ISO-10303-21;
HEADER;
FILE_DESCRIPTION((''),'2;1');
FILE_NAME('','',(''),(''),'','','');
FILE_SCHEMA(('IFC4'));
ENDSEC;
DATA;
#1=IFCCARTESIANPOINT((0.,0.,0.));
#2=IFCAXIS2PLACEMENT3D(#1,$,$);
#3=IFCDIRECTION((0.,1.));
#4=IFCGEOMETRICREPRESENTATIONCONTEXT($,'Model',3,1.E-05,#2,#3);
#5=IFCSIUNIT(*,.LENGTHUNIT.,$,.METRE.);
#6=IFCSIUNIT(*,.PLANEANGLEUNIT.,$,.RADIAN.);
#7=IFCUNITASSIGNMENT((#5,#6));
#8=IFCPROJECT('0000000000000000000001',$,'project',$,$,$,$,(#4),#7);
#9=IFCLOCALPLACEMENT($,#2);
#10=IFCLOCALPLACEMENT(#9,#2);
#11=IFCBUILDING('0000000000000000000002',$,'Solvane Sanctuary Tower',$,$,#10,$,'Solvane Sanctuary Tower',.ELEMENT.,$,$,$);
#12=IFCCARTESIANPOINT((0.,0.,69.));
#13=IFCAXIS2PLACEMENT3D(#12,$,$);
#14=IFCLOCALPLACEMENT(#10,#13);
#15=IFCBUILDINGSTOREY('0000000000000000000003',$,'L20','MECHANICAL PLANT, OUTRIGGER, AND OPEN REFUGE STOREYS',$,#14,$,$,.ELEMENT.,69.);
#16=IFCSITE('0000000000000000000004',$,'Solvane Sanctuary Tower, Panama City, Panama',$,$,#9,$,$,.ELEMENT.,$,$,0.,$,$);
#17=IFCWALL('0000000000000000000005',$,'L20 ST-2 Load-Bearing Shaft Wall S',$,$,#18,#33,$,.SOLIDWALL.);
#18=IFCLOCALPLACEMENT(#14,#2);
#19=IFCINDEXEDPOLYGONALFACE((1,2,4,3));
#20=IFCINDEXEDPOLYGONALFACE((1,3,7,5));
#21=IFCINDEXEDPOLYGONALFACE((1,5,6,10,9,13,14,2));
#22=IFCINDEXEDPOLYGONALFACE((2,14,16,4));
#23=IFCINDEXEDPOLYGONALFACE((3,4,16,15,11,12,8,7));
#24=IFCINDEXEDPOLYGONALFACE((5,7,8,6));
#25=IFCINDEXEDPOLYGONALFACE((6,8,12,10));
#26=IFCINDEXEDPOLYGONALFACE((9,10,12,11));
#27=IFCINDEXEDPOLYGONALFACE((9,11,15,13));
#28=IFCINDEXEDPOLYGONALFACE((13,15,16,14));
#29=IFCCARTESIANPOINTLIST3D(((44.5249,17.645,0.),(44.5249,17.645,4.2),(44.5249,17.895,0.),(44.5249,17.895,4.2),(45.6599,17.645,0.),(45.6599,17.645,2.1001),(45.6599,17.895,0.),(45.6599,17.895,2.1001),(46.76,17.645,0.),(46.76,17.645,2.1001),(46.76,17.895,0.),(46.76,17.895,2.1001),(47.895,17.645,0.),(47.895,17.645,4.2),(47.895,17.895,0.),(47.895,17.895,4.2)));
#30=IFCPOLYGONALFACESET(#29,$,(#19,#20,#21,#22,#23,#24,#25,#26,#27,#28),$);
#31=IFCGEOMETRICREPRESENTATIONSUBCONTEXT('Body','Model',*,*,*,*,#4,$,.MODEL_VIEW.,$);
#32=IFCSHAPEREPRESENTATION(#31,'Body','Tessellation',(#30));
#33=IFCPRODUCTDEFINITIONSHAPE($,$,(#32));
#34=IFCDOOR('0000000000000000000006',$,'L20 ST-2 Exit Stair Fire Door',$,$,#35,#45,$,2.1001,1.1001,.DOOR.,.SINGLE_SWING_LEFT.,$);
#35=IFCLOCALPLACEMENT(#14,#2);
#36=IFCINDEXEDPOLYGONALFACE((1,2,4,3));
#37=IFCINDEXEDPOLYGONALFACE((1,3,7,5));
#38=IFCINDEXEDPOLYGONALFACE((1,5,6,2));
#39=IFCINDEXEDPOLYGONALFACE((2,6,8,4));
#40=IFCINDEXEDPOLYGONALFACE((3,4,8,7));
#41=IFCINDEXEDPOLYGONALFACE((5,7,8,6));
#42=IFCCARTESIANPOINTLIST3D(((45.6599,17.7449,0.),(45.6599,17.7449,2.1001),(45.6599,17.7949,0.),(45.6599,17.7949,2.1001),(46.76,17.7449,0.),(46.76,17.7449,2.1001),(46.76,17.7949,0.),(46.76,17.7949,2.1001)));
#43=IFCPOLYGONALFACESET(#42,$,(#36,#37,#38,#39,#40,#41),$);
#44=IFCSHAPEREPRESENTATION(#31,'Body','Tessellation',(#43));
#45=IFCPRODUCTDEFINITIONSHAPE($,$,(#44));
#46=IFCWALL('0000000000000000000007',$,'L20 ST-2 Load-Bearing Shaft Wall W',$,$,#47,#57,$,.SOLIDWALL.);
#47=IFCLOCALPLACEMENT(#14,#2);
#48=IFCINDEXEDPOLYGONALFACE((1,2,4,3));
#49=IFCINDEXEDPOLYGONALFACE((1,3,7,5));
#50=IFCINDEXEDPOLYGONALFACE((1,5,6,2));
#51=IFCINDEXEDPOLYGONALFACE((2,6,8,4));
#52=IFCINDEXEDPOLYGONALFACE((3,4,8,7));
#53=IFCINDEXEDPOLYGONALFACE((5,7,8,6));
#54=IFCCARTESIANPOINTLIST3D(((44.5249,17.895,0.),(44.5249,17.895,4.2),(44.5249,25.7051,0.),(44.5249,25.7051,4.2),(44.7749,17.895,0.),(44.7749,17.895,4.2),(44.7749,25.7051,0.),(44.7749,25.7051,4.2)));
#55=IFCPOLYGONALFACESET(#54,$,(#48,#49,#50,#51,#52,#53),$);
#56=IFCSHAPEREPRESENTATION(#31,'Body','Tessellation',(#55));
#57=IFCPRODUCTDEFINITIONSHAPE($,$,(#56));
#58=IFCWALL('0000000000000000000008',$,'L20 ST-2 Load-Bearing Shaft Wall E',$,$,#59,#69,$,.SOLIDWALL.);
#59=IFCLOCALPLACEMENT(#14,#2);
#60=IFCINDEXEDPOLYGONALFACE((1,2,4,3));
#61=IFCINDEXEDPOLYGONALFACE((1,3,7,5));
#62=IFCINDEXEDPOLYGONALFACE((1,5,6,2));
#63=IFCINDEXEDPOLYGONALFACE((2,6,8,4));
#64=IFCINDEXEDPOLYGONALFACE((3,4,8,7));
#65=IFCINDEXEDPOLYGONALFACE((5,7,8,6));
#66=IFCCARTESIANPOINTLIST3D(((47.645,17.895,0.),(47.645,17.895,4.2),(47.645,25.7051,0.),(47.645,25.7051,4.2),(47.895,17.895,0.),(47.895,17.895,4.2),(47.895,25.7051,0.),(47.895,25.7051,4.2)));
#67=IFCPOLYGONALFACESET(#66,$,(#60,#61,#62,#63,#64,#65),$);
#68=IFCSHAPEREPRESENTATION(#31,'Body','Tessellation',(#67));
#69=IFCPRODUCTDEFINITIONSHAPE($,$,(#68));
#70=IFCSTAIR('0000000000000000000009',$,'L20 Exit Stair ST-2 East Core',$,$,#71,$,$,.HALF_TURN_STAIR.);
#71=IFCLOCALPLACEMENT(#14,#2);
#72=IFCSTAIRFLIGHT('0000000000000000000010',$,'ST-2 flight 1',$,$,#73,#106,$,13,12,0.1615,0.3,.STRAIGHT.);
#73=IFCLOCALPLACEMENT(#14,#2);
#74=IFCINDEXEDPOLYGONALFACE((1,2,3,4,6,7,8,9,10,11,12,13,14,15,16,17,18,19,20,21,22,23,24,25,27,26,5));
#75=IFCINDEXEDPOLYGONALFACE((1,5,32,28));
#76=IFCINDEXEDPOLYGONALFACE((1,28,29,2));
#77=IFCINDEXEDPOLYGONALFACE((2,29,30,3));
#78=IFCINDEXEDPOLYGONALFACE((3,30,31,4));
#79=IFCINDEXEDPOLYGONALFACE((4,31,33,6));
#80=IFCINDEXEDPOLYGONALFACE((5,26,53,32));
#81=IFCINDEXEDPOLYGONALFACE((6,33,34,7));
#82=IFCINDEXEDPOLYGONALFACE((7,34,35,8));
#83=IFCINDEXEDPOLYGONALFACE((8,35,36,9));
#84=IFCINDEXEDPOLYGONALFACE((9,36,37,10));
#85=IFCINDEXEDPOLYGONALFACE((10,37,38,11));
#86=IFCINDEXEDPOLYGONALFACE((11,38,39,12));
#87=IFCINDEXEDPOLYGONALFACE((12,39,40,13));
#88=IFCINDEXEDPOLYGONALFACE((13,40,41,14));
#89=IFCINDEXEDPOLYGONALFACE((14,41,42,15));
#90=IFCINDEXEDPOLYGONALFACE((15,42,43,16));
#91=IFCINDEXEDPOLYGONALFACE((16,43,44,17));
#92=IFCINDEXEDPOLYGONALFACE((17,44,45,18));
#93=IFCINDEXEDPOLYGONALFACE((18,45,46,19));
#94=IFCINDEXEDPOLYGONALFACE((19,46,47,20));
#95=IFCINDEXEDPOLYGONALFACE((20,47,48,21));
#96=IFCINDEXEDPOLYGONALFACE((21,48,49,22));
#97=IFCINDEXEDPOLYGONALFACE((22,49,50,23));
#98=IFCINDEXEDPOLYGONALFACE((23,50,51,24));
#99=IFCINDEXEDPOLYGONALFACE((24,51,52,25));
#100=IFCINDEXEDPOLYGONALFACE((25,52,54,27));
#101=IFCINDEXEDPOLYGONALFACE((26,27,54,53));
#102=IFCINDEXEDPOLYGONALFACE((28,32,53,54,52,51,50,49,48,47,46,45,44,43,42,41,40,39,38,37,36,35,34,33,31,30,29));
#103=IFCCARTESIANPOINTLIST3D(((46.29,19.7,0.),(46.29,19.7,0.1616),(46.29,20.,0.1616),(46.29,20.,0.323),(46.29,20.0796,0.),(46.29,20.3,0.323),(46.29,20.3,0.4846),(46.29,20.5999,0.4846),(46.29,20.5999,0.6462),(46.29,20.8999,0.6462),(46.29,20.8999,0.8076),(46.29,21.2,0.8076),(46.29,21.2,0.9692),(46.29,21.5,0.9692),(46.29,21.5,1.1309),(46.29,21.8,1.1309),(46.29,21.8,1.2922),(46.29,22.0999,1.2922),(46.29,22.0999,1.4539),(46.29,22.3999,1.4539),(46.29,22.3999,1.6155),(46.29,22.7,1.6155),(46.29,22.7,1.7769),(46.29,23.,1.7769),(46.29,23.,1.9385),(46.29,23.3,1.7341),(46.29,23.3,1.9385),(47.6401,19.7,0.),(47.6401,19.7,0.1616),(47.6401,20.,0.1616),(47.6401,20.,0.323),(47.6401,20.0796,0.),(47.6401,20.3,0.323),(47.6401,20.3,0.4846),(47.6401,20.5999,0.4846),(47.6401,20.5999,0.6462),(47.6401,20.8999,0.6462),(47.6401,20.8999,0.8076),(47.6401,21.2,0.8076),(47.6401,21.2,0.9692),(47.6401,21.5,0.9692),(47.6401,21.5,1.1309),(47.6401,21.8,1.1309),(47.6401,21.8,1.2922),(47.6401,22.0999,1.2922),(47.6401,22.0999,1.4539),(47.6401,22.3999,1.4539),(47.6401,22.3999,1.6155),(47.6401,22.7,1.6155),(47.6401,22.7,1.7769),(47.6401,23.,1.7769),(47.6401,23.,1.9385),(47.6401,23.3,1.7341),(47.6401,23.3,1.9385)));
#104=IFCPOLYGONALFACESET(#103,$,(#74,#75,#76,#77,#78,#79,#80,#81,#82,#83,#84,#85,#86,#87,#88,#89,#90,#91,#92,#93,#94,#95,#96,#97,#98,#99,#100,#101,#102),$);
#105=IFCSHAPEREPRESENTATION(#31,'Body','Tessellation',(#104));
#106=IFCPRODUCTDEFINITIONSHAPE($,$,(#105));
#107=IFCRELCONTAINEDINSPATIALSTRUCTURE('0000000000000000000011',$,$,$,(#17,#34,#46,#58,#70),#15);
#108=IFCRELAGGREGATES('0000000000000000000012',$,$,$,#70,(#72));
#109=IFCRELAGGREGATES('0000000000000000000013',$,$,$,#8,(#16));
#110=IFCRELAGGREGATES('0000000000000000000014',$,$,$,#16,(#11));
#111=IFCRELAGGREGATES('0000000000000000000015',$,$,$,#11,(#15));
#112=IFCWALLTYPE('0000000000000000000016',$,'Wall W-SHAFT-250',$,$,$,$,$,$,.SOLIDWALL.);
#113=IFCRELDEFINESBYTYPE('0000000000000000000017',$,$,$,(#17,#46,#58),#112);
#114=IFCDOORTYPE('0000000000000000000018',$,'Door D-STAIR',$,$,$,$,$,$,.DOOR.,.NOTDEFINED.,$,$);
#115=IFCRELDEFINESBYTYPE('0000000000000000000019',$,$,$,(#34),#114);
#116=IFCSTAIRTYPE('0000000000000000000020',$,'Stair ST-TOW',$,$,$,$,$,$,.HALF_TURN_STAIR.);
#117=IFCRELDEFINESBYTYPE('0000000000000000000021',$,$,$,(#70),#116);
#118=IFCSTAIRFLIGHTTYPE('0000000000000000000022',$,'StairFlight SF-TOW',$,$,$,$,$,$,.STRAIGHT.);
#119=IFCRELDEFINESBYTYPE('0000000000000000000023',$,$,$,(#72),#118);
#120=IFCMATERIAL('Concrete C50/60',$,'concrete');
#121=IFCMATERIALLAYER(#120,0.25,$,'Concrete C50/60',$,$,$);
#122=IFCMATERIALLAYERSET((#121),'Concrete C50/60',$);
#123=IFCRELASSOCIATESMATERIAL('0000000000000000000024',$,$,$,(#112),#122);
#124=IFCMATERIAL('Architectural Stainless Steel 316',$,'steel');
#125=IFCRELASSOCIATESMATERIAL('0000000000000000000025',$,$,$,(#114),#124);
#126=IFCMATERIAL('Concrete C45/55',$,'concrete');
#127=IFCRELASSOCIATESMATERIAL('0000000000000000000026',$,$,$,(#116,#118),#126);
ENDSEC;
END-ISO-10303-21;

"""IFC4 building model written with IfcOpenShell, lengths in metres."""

from ifc_helpers import new_model, si_unit, direction, frame, frame_2d, origin, place, context, subcontext, project, spatial, polyline, rectangle, outline, extrude, material, layer, layer_set, type_object, element, fill, aggregate, save


model = new_model("IFC4")

# Units and contexts
model_context = context("Model", 3, precision=1e-05, world=origin(), true_north=direction((0.0, 1.0)))
body_context = subcontext(model_context, "Body", "Model", "MODEL_VIEW")
ifc_project = project(units=[si_unit("LENGTHUNIT", "METRE"), si_unit("PLANEANGLEUNIT", "RADIAN")], contexts=[model_context])

# Site, building, storey
site_placement = place(None, origin())
site = spatial("IfcSite", under=ifc_project, at=site_placement, Name="Solvane Sanctuary Tower, Panama City, Panama", CompositionType="ELEMENT", RefElevation=0.0)
building_placement = place(site_placement, origin())
building = spatial("IfcBuilding", under=site, at=building_placement, Name="Solvane Sanctuary Tower", LongName="Solvane Sanctuary Tower", CompositionType="ELEMENT")
storey_placement = place(building_placement, frame((0.0, 0.0, 69.0)))
storey = spatial("IfcBuildingStorey", under=building, at=storey_placement, Name="L20", Description="MECHANICAL PLANT, OUTRIGGER, AND OPEN REFUGE STOREYS", CompositionType="ELEMENT", Elevation=69.0)

# Shared definitions
ifc_material_1 = material(Name="Concrete C50/60", Category="concrete")
ifc_material_2 = material(Name="Architectural Stainless Steel 316", Category="steel")

# Wall, opening, door
ifc_layer_1 = layer(ifc_material_1, 0.25, Name="Concrete C50/60")
ifc_layer_set_1 = layer_set([ifc_layer_1], Name="Concrete C50/60")
wall_type_1 = type_object("IfcWallType", Name="Wall W-SHAFT-250", PredefinedType="SOLIDWALL", material=ifc_layer_set_1)
wall_1_placement = place(storey_placement, frame((44.5249, 17.77, 0.0), z_axis=(0.0, 0.0, 1.0), x_axis=(1.0, 0.0, 0.0)))
wall_1 = element("IfcWall", 1, at=wall_1_placement, inside=storey, type_object=wall_type_1, Name="L20 ST-2 Load-Bearing Shaft Wall S", PredefinedType="SOLIDWALL", context=body_context, shape_type="SweptSolid", body=[
    extrude(rectangle(XDim=3.3701, YDim=0.25, at=frame_2d((1.6851, 0.0))), origin(), (0.0, 0.0, 1.0), 4.2),
])
opening_1_placement = place(wall_1_placement, frame((1.135, 0.0, 0.0)))
opening_1 = element("IfcOpeningElement", 2, at=opening_1_placement, cuts=wall_1, PredefinedType="OPENING", context=body_context, shape_type="SweptSolid", body=[
    extrude(rectangle(XDim=1.1001, YDim=2.1001, at=frame_2d((0.55, 1.05))), frame((0.0, 0.135, 0.0), z_axis=(0.0, -1.0, 0.0), x_axis=(1.0, 0.0, 0.0)), (0.0, 0.0, 1.0), 0.27),
])
door_type_1 = type_object("IfcDoorType", Name="Door D-STAIR", OperationType="NOTDEFINED", PredefinedType="DOOR", material=ifc_material_2)
door_1_placement = place(opening_1_placement, origin())
door_1 = element("IfcDoor", 3, at=door_1_placement, inside=storey, type_object=door_type_1, Name="L20 ST-2 Exit Stair Fire Door", OperationType="SINGLE_SWING_LEFT", OverallHeight=2.1001, OverallWidth=1.1001, PredefinedType="DOOR", context=body_context, shape_type="SweptSolid", body=[
    extrude(rectangle(XDim=1.1001, YDim=2.1001, at=frame_2d((0.55, 1.05))), frame((0.0, 0.0249, 0.0), z_axis=(0.0, -1.0, 0.0), x_axis=(1.0, 0.0, 0.0)), (0.0, 0.0, 1.0), 0.05),
])
fill(opening_1, door_1)

# Walls
for number, where, z_axis, x_axis, name in (
    (4, (44.6499, 17.895, 0.0), (0.0, 0.0, 1.0), (0.0, 1.0, 0.0), "L20 ST-2 Load-Bearing Shaft Wall W"),
    (5, (47.77, 17.895, 0.0), (0.0, 0.0, 1.0), (0.0, 1.0, 0.0), "L20 ST-2 Load-Bearing Shaft Wall E"),
):
    element("IfcWall", number, at=place(storey_placement, frame(where, z_axis=z_axis, x_axis=x_axis)), inside=storey, type_object=wall_type_1, Name=name, PredefinedType="SOLIDWALL", context=body_context, shape_type="SweptSolid", body=[
        extrude(rectangle(XDim=7.8101, YDim=0.25, at=frame_2d((3.905, 0.0))), origin(), (0.0, 0.0, 1.0), 4.2),
    ])

# Stair, stair flight
ifc_material_3 = material(Name="Concrete C45/55", Category="concrete")
stair_type = type_object("IfcStairType", Name="Stair ST-TOW", PredefinedType="HALF_TURN_STAIR", material=ifc_material_3)
stair_placement = place(storey_placement, origin())
stair = element("IfcStair", 6, at=stair_placement, inside=storey, type_object=stair_type, Name="L20 Exit Stair ST-2 East Core", PredefinedType="HALF_TURN_STAIR")
stair_flight_type = type_object("IfcStairFlightType", Name="StairFlight SF-TOW", PredefinedType="STRAIGHT", material=ifc_material_3)
stair_flight_placement = place(storey_placement, frame((46.9651, 19.7, 0.0), z_axis=(0.0, 0.0, 1.0), x_axis=(0.0, 1.0, 0.0)))
stair_flight = element("IfcStairFlight", 7, at=stair_flight_placement, type_object=stair_flight_type, Name="ST-2 flight 1", NumberOfRisers=13, NumberOfTreads=12, PredefinedType="STRAIGHT", RiserHeight=0.1615, TreadLength=0.3, context=body_context, shape_type="SweptSolid", body=[
    extrude(outline(polyline([(0.0, 0.0), (0.0, 0.1616), (0.3, 0.1616), (0.3, 0.323), (0.6001, 0.323), (0.6001, 0.4846), (0.8999, 0.4846), (0.8999, 0.6462), (1.2, 0.6462), (1.2, 0.8076), (1.5, 0.8076), (1.5, 0.9692), (1.8, 0.9692), (1.8, 1.1309), (2.1001, 1.1309), (2.1001, 1.2922), (2.3999, 1.2922), (2.3999, 1.4539), (2.7, 1.4539), (2.7, 1.6155), (3.0, 1.6155), (3.0, 1.7769), (3.3, 1.7769), (3.3, 1.9385), (3.6001, 1.9385), (3.6001, 2.1001), (3.6001, 1.7341), (0.3796, 0.0), (0.0, 0.0)])), frame((0.0, 0.675, 0.0), z_axis=(0.0, -1.0, 0.0), x_axis=(1.0, 0.0, 0.0)), (0.0, 0.0, 1.0), 1.3501),
])
aggregate(stair, [stair_flight])

save(model, "model.ifc")
